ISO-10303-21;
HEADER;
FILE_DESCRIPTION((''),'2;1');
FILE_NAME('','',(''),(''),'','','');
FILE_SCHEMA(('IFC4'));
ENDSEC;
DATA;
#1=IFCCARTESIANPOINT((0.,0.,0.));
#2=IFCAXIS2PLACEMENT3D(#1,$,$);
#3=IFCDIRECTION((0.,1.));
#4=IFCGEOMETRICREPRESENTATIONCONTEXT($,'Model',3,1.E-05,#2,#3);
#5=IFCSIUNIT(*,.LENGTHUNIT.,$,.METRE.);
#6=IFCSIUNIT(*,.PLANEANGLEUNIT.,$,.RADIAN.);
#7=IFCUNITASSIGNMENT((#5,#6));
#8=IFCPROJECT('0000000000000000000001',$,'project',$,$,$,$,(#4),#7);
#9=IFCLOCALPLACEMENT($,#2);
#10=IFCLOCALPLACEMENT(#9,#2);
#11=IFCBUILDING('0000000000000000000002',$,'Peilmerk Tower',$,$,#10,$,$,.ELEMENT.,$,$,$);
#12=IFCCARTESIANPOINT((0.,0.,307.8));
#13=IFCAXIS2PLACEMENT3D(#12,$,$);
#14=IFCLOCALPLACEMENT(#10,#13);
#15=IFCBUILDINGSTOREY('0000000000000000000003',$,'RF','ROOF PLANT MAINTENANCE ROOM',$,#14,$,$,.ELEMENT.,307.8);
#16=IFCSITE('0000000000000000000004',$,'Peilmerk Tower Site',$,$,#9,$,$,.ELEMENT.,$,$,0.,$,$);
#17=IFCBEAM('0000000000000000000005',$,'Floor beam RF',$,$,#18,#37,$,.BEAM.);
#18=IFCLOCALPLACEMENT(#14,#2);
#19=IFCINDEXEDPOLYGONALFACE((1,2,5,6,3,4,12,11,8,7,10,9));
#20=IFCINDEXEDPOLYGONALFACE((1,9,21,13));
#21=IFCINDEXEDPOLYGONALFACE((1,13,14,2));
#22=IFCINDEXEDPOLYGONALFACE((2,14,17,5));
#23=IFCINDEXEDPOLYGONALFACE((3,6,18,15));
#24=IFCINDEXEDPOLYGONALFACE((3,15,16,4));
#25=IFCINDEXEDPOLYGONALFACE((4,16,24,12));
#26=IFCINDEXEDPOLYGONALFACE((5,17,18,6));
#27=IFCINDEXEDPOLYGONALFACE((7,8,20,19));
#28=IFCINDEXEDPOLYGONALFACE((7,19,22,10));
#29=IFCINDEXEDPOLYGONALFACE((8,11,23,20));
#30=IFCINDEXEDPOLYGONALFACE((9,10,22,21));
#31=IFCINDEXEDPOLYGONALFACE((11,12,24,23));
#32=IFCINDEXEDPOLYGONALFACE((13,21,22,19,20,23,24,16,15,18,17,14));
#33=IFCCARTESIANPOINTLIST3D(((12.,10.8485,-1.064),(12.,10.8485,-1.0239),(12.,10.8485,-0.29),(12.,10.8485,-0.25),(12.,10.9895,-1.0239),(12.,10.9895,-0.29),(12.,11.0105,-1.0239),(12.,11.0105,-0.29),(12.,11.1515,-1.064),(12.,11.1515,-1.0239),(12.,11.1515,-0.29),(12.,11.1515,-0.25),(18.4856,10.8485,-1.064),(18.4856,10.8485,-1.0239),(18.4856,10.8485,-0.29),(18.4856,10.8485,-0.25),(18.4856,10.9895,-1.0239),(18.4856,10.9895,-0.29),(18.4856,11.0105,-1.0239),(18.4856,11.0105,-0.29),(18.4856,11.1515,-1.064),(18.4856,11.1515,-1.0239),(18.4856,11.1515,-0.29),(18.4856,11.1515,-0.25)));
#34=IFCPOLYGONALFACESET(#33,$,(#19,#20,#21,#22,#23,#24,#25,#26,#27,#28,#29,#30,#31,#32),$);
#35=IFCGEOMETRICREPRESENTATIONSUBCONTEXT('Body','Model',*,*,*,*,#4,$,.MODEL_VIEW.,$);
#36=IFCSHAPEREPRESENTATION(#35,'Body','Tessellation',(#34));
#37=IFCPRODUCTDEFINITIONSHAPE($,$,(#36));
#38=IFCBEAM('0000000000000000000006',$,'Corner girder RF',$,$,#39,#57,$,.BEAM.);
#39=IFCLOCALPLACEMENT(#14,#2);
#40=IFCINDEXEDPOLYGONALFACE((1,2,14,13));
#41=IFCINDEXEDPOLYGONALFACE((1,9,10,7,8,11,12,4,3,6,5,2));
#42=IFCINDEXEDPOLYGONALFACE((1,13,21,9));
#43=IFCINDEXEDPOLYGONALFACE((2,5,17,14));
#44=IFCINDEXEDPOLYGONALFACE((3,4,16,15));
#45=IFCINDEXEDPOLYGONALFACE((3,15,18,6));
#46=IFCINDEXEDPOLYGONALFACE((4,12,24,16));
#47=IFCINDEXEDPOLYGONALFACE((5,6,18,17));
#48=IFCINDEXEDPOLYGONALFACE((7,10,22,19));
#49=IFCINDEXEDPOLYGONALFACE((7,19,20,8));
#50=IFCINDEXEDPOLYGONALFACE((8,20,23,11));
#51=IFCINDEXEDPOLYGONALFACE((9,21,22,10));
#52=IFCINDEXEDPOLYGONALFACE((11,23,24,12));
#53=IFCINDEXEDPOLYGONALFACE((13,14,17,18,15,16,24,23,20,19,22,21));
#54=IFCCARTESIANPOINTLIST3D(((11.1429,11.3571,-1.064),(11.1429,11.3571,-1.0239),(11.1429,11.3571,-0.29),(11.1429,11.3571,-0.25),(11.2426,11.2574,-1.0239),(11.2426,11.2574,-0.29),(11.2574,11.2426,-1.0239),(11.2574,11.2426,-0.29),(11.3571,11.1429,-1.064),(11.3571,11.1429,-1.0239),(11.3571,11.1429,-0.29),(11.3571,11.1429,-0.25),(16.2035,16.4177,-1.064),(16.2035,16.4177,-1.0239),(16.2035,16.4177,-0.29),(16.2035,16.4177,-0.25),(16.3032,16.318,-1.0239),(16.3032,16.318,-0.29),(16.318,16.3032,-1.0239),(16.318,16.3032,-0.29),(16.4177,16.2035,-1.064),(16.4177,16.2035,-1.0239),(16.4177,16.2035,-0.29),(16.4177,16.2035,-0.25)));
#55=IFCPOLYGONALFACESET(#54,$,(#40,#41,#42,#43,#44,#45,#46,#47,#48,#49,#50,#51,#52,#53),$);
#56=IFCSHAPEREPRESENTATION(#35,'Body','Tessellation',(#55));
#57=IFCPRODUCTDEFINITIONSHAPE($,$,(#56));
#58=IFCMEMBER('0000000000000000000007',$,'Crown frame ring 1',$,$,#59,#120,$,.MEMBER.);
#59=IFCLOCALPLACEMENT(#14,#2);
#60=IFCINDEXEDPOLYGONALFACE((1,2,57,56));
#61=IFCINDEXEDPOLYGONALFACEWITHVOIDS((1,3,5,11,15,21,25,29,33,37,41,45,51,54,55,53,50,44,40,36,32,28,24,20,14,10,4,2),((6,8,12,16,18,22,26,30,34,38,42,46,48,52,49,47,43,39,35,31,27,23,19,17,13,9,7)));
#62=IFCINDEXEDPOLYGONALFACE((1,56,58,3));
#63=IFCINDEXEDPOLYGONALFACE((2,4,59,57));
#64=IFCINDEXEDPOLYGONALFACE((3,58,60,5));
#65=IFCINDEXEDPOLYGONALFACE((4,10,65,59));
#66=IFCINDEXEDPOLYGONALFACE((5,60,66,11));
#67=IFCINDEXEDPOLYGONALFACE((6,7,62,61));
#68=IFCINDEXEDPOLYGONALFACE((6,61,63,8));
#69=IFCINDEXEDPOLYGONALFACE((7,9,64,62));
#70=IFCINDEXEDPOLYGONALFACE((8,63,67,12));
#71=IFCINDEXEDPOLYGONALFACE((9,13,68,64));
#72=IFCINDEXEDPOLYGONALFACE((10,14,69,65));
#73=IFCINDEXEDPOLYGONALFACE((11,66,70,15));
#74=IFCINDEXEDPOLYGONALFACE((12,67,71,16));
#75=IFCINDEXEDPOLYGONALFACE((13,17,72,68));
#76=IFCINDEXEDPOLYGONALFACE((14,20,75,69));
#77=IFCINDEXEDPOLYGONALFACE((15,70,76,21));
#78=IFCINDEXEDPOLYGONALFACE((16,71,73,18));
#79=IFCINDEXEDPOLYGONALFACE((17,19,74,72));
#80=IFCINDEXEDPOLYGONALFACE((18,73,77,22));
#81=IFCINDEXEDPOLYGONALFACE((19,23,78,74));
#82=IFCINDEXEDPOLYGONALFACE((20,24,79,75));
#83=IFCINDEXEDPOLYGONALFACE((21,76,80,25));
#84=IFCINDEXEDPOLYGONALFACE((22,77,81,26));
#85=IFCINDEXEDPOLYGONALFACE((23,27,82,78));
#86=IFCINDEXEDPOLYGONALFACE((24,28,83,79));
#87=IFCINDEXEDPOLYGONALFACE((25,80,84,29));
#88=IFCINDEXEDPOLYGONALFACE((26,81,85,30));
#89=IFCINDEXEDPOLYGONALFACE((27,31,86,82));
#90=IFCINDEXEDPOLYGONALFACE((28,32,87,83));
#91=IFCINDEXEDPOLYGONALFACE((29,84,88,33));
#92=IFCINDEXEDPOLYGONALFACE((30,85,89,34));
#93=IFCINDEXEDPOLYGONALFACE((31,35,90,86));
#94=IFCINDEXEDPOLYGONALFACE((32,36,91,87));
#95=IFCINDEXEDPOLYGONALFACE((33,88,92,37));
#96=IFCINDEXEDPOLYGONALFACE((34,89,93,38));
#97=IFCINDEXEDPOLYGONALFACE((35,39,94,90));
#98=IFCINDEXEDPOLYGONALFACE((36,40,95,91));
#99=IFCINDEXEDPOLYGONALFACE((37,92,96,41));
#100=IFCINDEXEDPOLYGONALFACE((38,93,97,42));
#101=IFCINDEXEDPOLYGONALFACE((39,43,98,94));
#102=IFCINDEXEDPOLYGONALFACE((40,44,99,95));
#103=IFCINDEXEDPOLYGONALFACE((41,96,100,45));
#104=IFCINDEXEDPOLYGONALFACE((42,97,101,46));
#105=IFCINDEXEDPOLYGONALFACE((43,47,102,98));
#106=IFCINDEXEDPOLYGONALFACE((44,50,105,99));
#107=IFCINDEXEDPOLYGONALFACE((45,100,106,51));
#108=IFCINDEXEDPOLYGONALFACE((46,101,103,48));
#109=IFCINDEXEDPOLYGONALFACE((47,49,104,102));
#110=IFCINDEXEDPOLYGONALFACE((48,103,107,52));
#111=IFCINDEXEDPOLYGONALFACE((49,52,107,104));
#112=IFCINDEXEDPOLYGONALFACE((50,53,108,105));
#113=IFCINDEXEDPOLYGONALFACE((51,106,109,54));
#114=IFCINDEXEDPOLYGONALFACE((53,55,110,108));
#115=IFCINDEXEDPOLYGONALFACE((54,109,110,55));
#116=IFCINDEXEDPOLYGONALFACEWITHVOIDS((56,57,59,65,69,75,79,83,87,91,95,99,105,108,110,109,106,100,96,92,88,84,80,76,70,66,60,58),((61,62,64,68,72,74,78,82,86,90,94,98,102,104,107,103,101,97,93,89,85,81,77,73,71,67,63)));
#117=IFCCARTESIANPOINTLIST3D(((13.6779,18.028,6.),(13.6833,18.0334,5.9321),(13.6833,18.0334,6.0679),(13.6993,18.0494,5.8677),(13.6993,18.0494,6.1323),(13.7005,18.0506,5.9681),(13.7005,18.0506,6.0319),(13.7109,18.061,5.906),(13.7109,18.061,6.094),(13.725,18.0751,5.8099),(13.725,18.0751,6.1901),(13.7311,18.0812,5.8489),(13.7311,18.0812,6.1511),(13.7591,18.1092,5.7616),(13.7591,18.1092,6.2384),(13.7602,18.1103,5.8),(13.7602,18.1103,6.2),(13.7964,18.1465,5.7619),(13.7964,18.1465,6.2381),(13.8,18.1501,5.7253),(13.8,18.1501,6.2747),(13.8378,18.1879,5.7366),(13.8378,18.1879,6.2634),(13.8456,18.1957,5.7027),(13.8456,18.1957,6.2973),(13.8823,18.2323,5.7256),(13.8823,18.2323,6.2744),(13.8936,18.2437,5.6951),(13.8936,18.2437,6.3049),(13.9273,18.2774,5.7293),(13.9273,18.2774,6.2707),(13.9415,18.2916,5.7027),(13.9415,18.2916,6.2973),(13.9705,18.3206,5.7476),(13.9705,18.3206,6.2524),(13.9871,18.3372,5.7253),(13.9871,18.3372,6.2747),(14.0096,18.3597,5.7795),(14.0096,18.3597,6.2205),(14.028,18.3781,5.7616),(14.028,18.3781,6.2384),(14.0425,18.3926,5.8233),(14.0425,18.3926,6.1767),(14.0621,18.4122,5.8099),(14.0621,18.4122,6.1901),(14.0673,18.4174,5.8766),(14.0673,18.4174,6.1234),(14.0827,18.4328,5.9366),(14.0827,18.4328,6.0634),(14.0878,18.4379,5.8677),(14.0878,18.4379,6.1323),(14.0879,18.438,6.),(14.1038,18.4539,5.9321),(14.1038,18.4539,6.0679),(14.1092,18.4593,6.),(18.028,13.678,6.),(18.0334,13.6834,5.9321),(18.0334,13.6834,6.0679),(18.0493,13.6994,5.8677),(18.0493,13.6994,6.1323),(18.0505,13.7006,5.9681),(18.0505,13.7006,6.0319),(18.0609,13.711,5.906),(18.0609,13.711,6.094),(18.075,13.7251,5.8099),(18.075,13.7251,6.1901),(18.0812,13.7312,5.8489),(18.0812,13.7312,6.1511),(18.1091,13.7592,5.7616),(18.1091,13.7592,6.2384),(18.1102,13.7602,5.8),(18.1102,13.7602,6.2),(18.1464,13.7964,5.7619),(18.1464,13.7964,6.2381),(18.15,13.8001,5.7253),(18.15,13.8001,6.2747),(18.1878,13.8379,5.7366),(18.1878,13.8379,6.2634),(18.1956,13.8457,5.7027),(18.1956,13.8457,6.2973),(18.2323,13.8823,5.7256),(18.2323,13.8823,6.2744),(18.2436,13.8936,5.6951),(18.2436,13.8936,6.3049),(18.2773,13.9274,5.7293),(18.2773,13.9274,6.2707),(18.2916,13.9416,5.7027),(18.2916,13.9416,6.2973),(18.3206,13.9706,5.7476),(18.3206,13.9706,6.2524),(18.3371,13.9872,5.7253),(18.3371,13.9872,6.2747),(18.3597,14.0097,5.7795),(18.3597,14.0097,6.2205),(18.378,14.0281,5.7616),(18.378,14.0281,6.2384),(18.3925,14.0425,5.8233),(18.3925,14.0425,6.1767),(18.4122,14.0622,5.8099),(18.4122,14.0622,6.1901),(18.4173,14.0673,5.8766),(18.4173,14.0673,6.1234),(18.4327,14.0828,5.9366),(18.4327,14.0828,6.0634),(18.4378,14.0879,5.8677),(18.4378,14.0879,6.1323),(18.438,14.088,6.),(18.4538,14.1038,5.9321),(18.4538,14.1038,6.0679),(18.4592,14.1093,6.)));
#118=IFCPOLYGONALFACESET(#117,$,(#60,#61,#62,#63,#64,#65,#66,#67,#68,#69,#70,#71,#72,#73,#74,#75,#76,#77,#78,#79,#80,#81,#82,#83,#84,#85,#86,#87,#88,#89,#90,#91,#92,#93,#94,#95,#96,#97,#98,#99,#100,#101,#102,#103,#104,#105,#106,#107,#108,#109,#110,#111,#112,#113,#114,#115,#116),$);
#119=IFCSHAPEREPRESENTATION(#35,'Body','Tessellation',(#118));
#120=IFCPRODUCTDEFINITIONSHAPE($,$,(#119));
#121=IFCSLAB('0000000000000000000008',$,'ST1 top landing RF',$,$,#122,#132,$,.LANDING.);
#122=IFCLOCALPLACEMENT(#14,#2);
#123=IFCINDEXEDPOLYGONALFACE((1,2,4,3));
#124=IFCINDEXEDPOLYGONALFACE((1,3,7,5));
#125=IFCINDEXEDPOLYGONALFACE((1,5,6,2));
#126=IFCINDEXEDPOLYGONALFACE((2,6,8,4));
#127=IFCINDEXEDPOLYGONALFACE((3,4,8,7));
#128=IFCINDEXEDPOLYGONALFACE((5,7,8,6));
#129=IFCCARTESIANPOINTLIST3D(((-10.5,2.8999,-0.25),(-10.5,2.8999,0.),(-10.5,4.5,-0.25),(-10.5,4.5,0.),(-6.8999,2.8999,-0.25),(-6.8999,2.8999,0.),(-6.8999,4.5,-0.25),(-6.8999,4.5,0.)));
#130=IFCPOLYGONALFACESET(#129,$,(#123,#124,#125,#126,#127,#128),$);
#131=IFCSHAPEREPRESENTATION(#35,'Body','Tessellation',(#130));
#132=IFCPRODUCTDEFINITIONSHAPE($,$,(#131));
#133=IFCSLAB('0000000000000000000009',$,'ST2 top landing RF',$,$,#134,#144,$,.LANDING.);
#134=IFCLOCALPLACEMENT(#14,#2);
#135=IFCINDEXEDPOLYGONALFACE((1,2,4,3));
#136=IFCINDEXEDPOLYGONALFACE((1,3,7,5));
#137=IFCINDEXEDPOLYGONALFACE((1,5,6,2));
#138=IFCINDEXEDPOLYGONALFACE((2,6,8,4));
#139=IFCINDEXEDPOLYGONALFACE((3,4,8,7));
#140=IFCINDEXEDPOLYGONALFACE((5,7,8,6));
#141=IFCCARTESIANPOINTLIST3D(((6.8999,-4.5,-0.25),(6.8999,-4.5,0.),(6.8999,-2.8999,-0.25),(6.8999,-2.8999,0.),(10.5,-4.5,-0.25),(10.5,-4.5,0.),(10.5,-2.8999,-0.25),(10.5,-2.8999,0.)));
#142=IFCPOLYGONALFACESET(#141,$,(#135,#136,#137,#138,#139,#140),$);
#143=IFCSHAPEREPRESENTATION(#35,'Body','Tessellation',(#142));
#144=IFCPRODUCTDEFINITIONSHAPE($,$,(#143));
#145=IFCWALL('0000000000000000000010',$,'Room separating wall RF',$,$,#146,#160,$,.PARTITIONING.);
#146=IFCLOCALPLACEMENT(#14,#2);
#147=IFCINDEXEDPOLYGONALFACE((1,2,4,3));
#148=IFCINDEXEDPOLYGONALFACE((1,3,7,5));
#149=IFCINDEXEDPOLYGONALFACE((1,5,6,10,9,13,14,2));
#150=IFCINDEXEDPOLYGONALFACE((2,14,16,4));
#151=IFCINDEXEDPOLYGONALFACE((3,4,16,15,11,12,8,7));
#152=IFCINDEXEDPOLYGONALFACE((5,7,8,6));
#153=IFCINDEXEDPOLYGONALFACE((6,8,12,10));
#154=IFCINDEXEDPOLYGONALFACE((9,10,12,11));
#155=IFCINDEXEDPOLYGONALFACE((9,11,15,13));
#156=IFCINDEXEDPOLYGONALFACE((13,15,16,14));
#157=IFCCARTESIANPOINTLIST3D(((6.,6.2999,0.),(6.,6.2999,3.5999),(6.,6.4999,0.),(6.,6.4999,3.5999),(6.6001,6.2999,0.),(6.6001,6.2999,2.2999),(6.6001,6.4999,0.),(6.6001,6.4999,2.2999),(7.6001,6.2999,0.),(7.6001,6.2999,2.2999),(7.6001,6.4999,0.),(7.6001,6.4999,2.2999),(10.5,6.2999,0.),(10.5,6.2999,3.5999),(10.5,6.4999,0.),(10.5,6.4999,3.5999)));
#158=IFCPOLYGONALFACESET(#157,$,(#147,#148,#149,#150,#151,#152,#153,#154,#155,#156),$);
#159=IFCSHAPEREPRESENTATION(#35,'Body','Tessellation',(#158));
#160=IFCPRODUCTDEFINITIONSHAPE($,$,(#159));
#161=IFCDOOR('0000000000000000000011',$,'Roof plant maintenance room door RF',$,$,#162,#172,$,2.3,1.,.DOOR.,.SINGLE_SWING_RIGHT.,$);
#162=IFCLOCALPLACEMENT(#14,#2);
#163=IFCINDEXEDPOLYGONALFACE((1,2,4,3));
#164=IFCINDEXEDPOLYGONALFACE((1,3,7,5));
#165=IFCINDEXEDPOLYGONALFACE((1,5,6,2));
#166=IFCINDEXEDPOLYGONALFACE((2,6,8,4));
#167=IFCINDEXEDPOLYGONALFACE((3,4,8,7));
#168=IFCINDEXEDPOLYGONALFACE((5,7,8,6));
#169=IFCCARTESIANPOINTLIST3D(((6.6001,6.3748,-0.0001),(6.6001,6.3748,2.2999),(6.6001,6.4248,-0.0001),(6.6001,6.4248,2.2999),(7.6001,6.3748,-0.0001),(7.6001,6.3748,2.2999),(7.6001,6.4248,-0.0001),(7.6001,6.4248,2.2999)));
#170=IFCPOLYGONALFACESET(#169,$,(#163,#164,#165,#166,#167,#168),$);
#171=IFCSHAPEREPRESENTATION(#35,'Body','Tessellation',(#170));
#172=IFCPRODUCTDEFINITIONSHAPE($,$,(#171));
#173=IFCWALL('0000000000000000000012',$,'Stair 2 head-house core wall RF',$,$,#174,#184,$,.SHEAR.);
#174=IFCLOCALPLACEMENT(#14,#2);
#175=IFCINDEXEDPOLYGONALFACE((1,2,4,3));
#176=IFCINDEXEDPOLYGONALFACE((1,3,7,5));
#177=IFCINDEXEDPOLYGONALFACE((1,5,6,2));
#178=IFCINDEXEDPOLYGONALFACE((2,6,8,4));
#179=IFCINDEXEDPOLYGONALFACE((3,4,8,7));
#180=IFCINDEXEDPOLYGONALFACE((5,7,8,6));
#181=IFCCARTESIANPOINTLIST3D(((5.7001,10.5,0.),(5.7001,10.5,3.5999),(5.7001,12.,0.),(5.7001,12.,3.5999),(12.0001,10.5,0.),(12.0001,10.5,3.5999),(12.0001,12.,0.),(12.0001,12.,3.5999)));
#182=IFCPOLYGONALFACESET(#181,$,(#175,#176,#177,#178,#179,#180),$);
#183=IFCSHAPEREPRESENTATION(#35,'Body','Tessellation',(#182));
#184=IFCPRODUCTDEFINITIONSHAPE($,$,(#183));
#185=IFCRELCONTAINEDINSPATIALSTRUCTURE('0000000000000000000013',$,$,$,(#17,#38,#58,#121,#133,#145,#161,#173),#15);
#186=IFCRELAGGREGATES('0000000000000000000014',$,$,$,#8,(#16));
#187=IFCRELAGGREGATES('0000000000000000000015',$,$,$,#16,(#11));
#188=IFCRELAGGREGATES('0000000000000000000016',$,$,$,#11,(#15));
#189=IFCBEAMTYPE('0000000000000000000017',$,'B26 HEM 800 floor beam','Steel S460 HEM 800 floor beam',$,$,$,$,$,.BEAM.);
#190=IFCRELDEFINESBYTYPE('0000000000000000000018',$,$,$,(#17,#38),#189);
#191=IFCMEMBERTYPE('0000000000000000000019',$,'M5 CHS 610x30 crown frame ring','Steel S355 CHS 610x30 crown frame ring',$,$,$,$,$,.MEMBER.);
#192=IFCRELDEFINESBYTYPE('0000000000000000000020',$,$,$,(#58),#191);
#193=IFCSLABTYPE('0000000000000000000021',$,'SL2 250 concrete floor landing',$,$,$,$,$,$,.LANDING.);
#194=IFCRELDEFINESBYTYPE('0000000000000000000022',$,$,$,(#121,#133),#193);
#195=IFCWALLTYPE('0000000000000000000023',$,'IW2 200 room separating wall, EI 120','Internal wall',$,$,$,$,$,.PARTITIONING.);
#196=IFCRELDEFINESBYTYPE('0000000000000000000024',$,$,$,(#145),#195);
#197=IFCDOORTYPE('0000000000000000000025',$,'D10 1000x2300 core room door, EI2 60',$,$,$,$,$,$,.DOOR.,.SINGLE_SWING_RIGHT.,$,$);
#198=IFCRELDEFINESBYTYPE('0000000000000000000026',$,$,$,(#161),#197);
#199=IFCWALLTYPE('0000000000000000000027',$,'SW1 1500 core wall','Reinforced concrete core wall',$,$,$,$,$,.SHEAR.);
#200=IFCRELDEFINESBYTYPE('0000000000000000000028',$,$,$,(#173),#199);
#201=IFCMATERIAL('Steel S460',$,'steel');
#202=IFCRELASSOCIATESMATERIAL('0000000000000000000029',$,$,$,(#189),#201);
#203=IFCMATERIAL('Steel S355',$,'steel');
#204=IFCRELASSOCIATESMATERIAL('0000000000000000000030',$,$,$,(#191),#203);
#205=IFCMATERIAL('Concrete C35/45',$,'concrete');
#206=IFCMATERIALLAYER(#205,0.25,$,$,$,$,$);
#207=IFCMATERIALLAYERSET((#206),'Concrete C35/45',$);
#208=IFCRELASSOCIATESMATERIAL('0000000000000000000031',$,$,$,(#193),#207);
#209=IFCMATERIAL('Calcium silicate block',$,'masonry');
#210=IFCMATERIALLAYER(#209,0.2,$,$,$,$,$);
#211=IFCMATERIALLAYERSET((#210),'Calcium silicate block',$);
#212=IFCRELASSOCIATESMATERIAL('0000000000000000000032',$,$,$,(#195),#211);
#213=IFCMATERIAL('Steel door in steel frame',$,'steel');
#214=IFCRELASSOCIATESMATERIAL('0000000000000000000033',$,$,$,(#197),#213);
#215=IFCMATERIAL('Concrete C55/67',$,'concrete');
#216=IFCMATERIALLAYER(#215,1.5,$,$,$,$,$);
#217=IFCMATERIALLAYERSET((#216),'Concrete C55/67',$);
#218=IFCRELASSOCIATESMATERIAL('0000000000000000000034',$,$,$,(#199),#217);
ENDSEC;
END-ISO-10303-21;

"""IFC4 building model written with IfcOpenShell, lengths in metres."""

from ifc_helpers import new_model, si_unit, direction, frame, frame_2d, origin, origin_2d, place, context, subcontext, project, spatial, polyline, rectangle, hollow_circle, i_section, outline, extrude, material, layer, layer_set, material_profile, profile_set, type_object, element, fill, save


model = new_model("IFC4")

# Units and contexts
model_context = context("Model", 3, precision=1e-05, world=origin(), true_north=direction((0.0, 1.0)))
body_context = subcontext(model_context, "Body", "Model", "MODEL_VIEW")
ifc_project = project(units=[si_unit("LENGTHUNIT", "METRE"), si_unit("PLANEANGLEUNIT", "RADIAN")], contexts=[model_context])

# Site, building, storey
site_placement = place(None, origin())
site = spatial("IfcSite", under=ifc_project, at=site_placement, Name="Peilmerk Tower Site", CompositionType="ELEMENT", RefElevation=0.0)
building_placement = place(site_placement, origin())
building = spatial("IfcBuilding", under=site, at=building_placement, Name="Peilmerk Tower", CompositionType="ELEMENT")
storey_placement = place(building_placement, frame((0.0, 0.0, 307.8)))
storey = spatial("IfcBuildingStorey", under=building, at=storey_placement, Name="RF", Description="ROOF PLANT MAINTENANCE ROOM", CompositionType="ELEMENT", Elevation=307.8)

# Shared definitions
ifc_material_1 = material(Name="Steel S355", Category="steel")

# Beams
ifc_material_2 = material(Name="Steel S460", Category="steel")
ifc_material_profile_1 = material_profile(ifc_material_2, i_section(OverallWidth=0.303, OverallDepth=0.814, WebThickness=0.021, FlangeThickness=0.04, at=origin_2d()), Name="HEM 800")
ifc_profile_set_1 = profile_set([ifc_material_profile_1], Name="Steel S460")
beam_type = type_object("IfcBeamType", Name="B26 HEM 800 floor beam", Description="Steel S460 HEM 800 floor beam", PredefinedType="BEAM", material=ifc_profile_set_1)
for number, where, z_axis, x_axis, name in (
    (1, (12.0, 11.0, -0.657), (1.0, 0.0, 0.0), (0.0, 1.0, 0.0), "Floor beam RF"),
):
    element("IfcBeam", number, at=place(storey_placement, frame(where, z_axis=z_axis, x_axis=x_axis)), inside=storey, type_object=beam_type, Name=name, PredefinedType="BEAM", context=body_context, shape_type="SweptSolid", body=[
        extrude(i_section(OverallWidth=0.303, OverallDepth=0.814, WebThickness=0.021, FlangeThickness=0.04, at=origin_2d()), origin(), (0.0, 0.0, 1.0), 6.4856),
    ])
beam_placement = place(storey_placement, frame((11.25, 11.25, -0.657), z_axis=(0.707107, 0.707107, 0.0), x_axis=(-0.707107, 0.707107, 0.0)))
element("IfcBeam", 2, at=beam_placement, inside=storey, type_object=beam_type, Name="Corner girder RF", PredefinedType="BEAM", context=body_context, shape_type="SweptSolid", body=[
    extrude(i_section(OverallWidth=0.303, OverallDepth=0.814, WebThickness=0.021, FlangeThickness=0.04, at=origin_2d()), origin(), (0.0, 0.0, 1.0), 7.1567),
])

# Member
ifc_material_profile_2 = material_profile(ifc_material_1, hollow_circle(Radius=0.3049, WallThickness=0.03, at=origin_2d()), Name="CHS 610x30")
ifc_profile_set_2 = profile_set([ifc_material_profile_2], Name="Steel S355")
member_type = type_object("IfcMemberType", Name="M5 CHS 610x30 crown frame ring", Description="Steel S355 CHS 610x30 crown frame ring", PredefinedType="MEMBER", material=ifc_profile_set_2)
member_placement = place(storey_placement, frame((13.8936, 18.2437, 6.0), z_axis=(0.707107, -0.707107, 0.0), x_axis=(0.707107, 0.707107, 0.0)))
element("IfcMember", 3, at=member_placement, inside=storey, type_object=member_type, Name="Crown frame ring 1", PredefinedType="MEMBER", context=body_context, shape_type="SweptSolid", body=[
    extrude(hollow_circle(Radius=0.3049, WallThickness=0.03, at=origin_2d()), origin(), (0.0, 0.0, 1.0), 6.1519),
])

# Slabs
ifc_material_3 = material(Name="Concrete C35/45", Category="concrete")
ifc_layer_1 = layer(ifc_material_3, 0.25)
ifc_layer_set_1 = layer_set([ifc_layer_1], Name="Concrete C35/45")
slab_type = type_object("IfcSlabType", Name="SL2 250 concrete floor landing", PredefinedType="LANDING", material=ifc_layer_set_1)
slab_1_placement = place(storey_placement, frame((0.0, 0.0, -0.25)))
element("IfcSlab", 4, at=slab_1_placement, inside=storey, type_object=slab_type, Name="ST1 top landing RF", PredefinedType="LANDING", context=body_context, shape_type="SweptSolid", body=[
    extrude(outline(polyline([(-10.5, 2.8999), (-6.8999, 2.8999), (-6.8999, 4.5), (-10.5, 4.5), (-10.5, 2.8999)])), origin(), (0.0, 0.0, 1.0), 0.25),
])
slab_2_placement = place(storey_placement, frame((0.0, 0.0, -0.25)))
element("IfcSlab", 5, at=slab_2_placement, inside=storey, type_object=slab_type, Name="ST2 top landing RF", PredefinedType="LANDING", context=body_context, shape_type="SweptSolid", body=[
    extrude(outline(polyline([(6.8999, -4.5), (10.5, -4.5), (10.5, -2.8999), (6.8999, -2.8999), (6.8999, -4.5)])), origin(), (0.0, 0.0, 1.0), 0.25),
])

# Wall, opening, door
ifc_material_4 = material(Name="Calcium silicate block", Category="masonry")
ifc_layer_2 = layer(ifc_material_4, 0.2)
ifc_layer_set_2 = layer_set([ifc_layer_2], Name="Calcium silicate block")
wall_type_1 = type_object("IfcWallType", Name="IW2 200 room separating wall, EI 120", Description="Internal wall", PredefinedType="PARTITIONING", material=ifc_layer_set_2)
wall_1_placement = place(storey_placement, frame((6.0, 6.3999, 0.0), z_axis=(0.0, 0.0, 1.0), x_axis=(1.0, 0.0, 0.0)))
wall_1 = element("IfcWall", 6, at=wall_1_placement, inside=storey, type_object=wall_type_1, Name="Room separating wall RF", PredefinedType="PARTITIONING", context=body_context, shape_type="SweptSolid", body=[
    extrude(rectangle(XDim=4.5, YDim=0.2, at=frame_2d((2.25, 0.0))), origin(), (0.0, 0.0, 1.0), 3.5999),
])
opening_placement = place(wall_1_placement, frame((0.6001, 0.0, 0.0)))
opening = element("IfcOpeningElement", 7, at=opening_placement, cuts=wall_1, PredefinedType="OPENING", context=body_context, shape_type="SweptSolid", body=[
    extrude(rectangle(XDim=1.0, YDim=2.3, at=frame_2d((0.5, 1.1499))), frame((0.0, 0.1099, 0.0), z_axis=(0.0, -1.0, 0.0), x_axis=(1.0, 0.0, 0.0)), (0.0, 0.0, 1.0), 0.22),
])
ifc_material_5 = material(Name="Steel door in steel frame", Category="steel")
door_type = type_object("IfcDoorType", Name="D10 1000x2300 core room door, EI2 60", OperationType="SINGLE_SWING_RIGHT", PredefinedType="DOOR", material=ifc_material_5)
door_placement = place(opening_placement, origin())
door = element("IfcDoor", 8, at=door_placement, inside=storey, type_object=door_type, Name="Roof plant maintenance room door RF", OperationType="SINGLE_SWING_RIGHT", OverallHeight=2.3, OverallWidth=1.0, PredefinedType="DOOR", context=body_context, shape_type="SweptSolid", body=[
    extrude(rectangle(XDim=1.0, YDim=2.3, at=frame_2d((0.5, 1.1499))), frame((0.0, 0.0249, 0.0), z_axis=(0.0, -1.0, 0.0), x_axis=(1.0, 0.0, 0.0)), (0.0, 0.0, 1.0), 0.05),
])
fill(opening, door)

# Wall
ifc_material_6 = material(Name="Concrete C55/67", Category="concrete")
ifc_layer_3 = layer(ifc_material_6, 1.5)
ifc_layer_set_3 = layer_set([ifc_layer_3], Name="Concrete C55/67")
wall_type_2 = type_object("IfcWallType", Name="SW1 1500 core wall", Description="Reinforced concrete core wall", PredefinedType="SHEAR", material=ifc_layer_set_3)
wall_2_placement = place(storey_placement, frame((12.0, 11.25, 0.0), z_axis=(0.0, 0.0, 1.0), x_axis=(-1.0, 0.0, 0.0)))
element("IfcWall", 9, at=wall_2_placement, inside=storey, type_object=wall_type_2, Name="Stair 2 head-house core wall RF", PredefinedType="SHEAR", context=body_context, shape_type="SweptSolid", body=[
    extrude(rectangle(XDim=6.3, YDim=1.5, at=frame_2d((3.1499, 0.0))), origin(), (0.0, 0.0, 1.0), 3.5999),
])

save(model, "model.ifc")
